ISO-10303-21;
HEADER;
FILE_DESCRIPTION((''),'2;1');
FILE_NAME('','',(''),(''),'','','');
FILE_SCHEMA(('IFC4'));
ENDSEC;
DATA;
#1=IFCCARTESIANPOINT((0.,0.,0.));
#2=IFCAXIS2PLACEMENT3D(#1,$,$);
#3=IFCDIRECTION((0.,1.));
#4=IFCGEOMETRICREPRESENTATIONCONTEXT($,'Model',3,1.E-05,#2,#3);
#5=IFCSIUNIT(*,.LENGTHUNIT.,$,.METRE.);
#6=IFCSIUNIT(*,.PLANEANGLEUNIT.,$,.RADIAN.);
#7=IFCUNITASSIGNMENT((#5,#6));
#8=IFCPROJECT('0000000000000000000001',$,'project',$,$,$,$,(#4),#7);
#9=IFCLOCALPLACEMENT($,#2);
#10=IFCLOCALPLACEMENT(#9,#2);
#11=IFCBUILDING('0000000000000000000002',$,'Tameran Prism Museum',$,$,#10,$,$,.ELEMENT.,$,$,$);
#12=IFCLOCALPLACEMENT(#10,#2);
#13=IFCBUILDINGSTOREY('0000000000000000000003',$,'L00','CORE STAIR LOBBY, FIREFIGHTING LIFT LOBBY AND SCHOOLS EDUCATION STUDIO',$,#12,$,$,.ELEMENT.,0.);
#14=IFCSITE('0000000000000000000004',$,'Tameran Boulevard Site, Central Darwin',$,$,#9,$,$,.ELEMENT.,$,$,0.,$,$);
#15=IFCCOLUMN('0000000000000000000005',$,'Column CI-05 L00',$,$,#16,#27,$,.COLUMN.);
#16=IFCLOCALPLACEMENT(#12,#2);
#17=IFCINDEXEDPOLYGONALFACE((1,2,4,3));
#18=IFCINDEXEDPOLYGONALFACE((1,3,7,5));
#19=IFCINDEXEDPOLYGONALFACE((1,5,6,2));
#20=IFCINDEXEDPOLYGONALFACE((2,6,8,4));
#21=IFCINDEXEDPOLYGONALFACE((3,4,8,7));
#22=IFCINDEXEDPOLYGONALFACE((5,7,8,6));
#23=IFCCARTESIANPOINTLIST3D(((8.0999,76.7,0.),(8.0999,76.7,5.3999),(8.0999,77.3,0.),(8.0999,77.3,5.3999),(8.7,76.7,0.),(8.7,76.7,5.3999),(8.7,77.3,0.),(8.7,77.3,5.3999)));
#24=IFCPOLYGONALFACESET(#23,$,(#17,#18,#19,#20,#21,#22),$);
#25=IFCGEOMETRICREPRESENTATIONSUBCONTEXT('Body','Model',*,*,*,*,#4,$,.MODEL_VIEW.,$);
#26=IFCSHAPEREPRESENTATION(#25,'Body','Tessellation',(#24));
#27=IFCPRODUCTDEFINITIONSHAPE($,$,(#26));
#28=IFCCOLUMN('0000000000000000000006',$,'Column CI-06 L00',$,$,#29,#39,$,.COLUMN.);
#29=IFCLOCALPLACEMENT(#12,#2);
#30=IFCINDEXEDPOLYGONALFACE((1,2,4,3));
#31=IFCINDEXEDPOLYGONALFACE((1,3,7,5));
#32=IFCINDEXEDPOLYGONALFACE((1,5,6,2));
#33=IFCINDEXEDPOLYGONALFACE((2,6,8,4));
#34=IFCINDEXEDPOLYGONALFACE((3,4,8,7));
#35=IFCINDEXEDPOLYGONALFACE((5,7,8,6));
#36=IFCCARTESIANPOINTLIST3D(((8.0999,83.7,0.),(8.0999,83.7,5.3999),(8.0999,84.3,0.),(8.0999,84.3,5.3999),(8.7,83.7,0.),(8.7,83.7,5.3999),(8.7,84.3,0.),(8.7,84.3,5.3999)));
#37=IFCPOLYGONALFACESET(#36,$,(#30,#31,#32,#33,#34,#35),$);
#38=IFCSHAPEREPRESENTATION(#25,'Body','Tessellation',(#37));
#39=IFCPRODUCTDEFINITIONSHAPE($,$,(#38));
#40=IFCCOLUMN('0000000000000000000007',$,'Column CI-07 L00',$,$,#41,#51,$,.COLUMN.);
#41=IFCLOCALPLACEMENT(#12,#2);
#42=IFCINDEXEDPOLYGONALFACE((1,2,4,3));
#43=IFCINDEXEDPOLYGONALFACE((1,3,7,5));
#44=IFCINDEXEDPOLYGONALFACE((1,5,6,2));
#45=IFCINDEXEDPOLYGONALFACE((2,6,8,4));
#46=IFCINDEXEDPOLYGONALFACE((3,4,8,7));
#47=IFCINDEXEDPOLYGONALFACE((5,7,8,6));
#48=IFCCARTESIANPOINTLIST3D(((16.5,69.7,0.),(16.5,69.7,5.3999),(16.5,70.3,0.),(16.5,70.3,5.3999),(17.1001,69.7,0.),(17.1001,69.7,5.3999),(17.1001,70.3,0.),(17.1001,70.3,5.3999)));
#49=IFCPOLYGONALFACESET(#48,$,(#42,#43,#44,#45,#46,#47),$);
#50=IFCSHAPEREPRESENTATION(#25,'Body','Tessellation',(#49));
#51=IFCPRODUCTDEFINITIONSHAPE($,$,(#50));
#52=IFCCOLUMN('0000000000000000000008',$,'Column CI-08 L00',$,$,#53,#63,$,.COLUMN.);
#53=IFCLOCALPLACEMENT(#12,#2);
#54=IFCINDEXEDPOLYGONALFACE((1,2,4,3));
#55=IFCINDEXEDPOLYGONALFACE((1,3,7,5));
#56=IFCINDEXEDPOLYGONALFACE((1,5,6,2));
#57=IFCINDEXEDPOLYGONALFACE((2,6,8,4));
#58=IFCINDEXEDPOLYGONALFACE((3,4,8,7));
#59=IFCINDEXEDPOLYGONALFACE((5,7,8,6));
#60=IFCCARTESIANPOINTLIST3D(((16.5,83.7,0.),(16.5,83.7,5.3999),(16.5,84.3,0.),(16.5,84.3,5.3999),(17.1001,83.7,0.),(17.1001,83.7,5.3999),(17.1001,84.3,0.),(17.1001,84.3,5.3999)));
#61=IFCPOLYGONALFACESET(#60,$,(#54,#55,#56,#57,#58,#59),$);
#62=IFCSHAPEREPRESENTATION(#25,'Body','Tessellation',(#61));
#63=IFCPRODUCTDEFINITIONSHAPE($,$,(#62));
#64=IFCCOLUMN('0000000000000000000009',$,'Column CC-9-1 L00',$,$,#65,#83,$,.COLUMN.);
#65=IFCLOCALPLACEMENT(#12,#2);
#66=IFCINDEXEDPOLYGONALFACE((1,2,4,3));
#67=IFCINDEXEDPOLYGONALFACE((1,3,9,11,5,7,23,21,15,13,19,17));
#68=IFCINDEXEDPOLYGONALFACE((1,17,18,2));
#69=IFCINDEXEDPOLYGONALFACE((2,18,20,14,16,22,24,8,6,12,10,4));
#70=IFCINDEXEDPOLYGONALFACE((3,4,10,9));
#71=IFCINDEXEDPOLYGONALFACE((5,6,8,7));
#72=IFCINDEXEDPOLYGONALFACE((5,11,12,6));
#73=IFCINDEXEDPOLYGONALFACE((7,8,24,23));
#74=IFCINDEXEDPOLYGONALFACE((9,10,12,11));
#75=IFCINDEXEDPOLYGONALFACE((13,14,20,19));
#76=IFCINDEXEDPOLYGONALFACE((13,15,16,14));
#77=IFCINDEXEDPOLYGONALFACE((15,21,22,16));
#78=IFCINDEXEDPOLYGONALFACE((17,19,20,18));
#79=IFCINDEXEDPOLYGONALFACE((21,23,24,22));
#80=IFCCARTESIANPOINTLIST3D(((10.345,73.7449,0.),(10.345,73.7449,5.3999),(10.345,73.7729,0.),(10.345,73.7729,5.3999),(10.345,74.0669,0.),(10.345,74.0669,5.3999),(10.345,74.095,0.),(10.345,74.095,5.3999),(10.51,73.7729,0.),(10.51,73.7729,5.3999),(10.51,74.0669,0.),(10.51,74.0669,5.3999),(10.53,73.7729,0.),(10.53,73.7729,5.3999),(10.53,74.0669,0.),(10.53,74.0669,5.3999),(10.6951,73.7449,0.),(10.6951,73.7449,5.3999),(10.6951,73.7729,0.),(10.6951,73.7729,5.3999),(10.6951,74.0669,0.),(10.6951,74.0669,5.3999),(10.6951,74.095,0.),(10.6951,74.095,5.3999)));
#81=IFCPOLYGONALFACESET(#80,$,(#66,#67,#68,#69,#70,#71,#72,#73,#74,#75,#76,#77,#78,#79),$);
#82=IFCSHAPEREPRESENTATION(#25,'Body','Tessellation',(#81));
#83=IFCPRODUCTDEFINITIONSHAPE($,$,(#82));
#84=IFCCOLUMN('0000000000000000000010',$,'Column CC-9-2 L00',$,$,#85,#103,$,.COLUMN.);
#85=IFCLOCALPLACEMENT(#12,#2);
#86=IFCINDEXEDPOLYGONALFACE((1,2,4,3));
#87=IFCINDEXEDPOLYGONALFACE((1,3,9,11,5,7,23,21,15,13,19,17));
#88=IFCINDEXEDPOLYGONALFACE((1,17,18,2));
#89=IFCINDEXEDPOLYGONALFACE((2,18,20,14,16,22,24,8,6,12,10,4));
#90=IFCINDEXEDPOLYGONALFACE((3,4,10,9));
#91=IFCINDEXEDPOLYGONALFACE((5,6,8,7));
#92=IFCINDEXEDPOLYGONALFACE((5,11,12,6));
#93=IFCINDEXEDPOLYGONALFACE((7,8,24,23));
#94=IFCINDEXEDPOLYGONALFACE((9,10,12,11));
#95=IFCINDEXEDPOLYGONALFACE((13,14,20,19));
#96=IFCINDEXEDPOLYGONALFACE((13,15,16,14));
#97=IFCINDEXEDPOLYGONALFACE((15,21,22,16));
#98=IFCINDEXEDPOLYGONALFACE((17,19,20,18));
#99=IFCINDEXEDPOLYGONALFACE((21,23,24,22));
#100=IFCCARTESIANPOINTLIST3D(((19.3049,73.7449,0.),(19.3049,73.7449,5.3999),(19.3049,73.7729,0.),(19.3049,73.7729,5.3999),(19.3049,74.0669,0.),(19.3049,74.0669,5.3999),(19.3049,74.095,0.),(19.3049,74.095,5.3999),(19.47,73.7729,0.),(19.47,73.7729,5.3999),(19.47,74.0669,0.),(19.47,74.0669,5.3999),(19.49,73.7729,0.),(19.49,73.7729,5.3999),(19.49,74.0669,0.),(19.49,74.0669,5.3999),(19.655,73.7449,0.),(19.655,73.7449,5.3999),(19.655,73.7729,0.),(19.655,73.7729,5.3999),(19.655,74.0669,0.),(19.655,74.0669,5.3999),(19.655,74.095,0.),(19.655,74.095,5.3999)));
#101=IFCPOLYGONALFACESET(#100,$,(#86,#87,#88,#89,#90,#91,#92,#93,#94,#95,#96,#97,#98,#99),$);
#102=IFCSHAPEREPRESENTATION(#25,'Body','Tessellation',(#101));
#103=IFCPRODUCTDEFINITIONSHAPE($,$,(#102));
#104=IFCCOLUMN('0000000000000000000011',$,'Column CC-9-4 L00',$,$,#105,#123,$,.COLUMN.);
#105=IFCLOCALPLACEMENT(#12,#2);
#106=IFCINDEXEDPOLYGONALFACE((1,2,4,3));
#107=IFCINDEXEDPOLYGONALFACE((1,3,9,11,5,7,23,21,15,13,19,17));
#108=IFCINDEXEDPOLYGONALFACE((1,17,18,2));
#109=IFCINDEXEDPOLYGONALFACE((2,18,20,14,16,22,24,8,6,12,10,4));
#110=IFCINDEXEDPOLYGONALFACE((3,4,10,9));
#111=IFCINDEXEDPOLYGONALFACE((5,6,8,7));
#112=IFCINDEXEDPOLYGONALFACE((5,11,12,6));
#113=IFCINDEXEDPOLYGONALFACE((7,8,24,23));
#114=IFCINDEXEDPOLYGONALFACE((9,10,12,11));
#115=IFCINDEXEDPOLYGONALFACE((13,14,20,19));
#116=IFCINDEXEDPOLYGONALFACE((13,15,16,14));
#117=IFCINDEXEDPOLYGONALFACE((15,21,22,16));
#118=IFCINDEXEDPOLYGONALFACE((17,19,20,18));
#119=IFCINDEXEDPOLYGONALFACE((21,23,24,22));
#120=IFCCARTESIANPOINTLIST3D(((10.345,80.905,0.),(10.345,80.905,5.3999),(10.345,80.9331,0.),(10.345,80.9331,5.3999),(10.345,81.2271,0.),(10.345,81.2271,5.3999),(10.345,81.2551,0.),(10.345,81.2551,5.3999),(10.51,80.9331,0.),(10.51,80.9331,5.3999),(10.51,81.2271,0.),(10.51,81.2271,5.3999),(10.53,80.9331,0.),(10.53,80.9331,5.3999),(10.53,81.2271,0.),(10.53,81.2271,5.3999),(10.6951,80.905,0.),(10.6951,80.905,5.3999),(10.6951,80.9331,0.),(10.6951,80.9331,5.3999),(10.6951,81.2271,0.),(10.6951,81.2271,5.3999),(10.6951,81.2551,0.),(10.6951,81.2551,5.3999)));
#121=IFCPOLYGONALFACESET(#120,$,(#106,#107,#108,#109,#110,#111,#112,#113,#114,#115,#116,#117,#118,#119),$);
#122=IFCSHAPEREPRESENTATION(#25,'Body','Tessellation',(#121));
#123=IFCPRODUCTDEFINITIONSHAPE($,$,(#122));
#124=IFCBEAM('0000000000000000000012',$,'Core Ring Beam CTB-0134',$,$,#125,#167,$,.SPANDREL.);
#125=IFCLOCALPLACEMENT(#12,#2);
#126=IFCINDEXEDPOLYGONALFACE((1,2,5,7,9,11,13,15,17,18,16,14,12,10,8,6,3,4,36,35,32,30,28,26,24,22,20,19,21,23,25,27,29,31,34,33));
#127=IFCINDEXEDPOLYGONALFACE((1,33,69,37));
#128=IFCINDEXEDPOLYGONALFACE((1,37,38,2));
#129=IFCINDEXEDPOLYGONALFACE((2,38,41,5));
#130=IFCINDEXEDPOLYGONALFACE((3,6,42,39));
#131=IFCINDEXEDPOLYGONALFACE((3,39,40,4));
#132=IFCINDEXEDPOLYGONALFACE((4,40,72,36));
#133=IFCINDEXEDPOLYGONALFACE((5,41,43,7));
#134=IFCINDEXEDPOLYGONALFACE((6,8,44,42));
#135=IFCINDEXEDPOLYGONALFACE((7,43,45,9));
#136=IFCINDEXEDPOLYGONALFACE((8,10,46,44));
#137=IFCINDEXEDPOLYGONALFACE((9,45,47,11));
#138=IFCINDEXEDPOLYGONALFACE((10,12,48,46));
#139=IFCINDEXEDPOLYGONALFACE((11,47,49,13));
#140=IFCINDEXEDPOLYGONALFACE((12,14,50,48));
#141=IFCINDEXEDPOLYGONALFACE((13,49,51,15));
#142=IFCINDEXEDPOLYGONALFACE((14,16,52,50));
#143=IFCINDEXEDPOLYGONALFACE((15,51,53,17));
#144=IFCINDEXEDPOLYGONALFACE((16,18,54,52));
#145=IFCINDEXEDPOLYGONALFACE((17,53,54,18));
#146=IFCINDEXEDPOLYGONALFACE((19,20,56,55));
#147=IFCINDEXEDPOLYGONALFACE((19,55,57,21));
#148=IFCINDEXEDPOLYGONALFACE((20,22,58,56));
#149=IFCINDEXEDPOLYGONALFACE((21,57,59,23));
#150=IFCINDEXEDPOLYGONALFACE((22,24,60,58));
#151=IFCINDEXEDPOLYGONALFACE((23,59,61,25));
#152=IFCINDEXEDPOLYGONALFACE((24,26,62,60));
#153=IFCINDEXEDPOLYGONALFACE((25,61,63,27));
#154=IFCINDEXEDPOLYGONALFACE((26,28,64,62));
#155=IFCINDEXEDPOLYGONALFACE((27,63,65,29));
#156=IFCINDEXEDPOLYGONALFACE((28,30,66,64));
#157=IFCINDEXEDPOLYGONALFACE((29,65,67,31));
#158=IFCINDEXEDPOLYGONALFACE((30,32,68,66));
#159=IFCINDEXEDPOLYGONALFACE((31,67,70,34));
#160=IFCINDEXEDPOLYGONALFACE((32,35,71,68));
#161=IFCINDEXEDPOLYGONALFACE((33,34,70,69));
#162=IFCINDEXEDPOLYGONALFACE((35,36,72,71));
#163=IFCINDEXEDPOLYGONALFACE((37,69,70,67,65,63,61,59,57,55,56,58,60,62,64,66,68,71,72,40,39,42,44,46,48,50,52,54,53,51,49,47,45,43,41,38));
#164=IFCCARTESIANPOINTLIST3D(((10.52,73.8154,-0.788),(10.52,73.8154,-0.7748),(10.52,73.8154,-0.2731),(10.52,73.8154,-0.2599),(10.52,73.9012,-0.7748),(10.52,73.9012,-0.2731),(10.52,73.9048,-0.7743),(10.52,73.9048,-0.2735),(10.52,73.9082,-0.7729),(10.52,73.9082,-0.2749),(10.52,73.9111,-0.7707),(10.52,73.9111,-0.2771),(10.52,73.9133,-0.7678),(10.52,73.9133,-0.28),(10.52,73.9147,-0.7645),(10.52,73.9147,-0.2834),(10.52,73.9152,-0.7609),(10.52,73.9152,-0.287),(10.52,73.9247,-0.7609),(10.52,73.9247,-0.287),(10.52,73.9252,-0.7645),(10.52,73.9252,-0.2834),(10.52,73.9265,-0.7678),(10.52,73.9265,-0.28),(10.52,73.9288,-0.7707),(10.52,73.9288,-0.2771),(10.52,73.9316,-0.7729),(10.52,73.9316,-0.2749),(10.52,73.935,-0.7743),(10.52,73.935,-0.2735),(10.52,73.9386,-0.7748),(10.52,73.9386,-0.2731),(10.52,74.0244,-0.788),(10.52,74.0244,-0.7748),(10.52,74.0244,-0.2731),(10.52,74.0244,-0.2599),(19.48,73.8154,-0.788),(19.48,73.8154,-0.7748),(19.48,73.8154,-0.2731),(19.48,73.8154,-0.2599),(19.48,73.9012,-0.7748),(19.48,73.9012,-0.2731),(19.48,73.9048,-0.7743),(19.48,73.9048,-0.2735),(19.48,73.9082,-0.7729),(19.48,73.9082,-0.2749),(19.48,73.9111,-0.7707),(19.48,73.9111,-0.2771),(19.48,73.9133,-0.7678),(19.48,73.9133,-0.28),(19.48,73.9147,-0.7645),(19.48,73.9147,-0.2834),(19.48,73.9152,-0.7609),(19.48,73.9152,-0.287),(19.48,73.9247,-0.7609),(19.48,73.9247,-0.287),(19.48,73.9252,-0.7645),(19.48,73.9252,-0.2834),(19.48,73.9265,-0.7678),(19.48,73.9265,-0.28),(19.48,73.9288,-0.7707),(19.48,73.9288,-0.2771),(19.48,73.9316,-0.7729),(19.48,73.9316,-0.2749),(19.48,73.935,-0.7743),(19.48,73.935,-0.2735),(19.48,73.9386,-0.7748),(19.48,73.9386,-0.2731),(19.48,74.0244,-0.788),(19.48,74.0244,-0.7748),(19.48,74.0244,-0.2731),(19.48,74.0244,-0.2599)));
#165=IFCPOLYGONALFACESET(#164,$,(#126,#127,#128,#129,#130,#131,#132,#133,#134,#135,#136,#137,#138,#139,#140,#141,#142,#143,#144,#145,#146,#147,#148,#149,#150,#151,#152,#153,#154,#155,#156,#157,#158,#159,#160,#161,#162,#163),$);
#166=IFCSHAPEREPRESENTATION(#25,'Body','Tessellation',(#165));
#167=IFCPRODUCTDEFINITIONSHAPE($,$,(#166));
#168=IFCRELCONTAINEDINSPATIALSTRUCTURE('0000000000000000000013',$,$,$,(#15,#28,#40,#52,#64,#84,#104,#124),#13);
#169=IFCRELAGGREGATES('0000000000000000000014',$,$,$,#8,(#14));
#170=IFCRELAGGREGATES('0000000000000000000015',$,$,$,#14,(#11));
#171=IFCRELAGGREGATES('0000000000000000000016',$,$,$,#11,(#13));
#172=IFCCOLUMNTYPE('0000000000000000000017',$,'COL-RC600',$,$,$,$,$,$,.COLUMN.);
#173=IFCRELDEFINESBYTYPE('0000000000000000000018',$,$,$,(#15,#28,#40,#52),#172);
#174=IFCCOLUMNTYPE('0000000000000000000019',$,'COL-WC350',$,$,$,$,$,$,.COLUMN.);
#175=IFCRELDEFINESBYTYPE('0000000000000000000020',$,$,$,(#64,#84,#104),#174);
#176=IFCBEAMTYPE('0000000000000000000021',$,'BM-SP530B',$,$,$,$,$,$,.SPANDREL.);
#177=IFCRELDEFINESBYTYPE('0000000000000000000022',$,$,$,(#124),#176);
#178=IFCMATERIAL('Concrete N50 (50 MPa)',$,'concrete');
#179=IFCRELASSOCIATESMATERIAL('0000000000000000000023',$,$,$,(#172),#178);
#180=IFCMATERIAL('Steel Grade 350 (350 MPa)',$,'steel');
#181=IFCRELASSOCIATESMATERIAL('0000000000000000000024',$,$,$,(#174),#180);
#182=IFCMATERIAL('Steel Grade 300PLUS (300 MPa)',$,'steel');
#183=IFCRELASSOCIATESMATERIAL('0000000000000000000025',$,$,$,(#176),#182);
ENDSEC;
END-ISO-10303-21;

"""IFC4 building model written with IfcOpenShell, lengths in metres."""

from ifc_helpers import new_model, si_unit, direction, frame, origin, origin_2d, place, context, subcontext, project, spatial, rectangle, i_section, extrude, material, material_profile, profile_set, type_object, element, save


model = new_model("IFC4")

# Units and contexts
model_context = context("Model", 3, precision=1e-05, world=origin(), true_north=direction((0.0, 1.0)))
body_context = subcontext(model_context, "Body", "Model", "MODEL_VIEW")
ifc_project = project(units=[si_unit("LENGTHUNIT", "METRE"), si_unit("PLANEANGLEUNIT", "RADIAN")], contexts=[model_context])

# Site, building, storey
site_placement = place(None, origin())
site = spatial("IfcSite", under=ifc_project, at=site_placement, Name="Tameran Boulevard Site, Central Darwin", CompositionType="ELEMENT", RefElevation=0.0)
building_placement = place(site_placement, origin())
building = spatial("IfcBuilding", under=site, at=building_placement, Name="Tameran Prism Museum", CompositionType="ELEMENT")
storey_placement = place(building_placement, origin())
storey = spatial("IfcBuildingStorey", under=building, at=storey_placement, Name="L00", Description="CORE STAIR LOBBY, FIREFIGHTING LIFT LOBBY AND SCHOOLS EDUCATION STUDIO", CompositionType="ELEMENT", Elevation=0.0)

# Columns
ifc_material_1 = material(Name="Concrete N50 (50 MPa)", Category="concrete")
ifc_material_profile_1 = material_profile(ifc_material_1, rectangle(XDim=0.6001, YDim=0.6001, at=origin_2d()))
ifc_profile_set_1 = profile_set([ifc_material_profile_1])
column_type_1 = type_object("IfcColumnType", Name="COL-RC600", PredefinedType="COLUMN", material=ifc_profile_set_1)
for number, where, z_axis, x_axis, name in (
    (1, (8.3999, 77.0, 0.0), (0.0, 0.0, 1.0), (1.0, 0.0, 0.0), "Column CI-05 L00"),
    (2, (8.3999, 84.0, 0.0), (0.0, 0.0, 1.0), (1.0, 0.0, 0.0), "Column CI-06 L00"),
    (3, (16.8, 70.0, 0.0), (0.0, 0.0, 1.0), (1.0, 0.0, 0.0), "Column CI-07 L00"),
    (4, (16.8, 84.0, 0.0), (0.0, 0.0, 1.0), (1.0, 0.0, 0.0), "Column CI-08 L00"),
):
    element("IfcColumn", number, at=place(storey_placement, frame(where, z_axis=z_axis, x_axis=x_axis)), inside=storey, type_object=column_type_1, Name=name, PredefinedType="COLUMN", context=body_context, shape_type="SweptSolid", body=[
        extrude(rectangle(XDim=0.6001, YDim=0.6001, at=origin_2d()), origin(), (0.0, 0.0, 1.0), 5.3999),
    ])
ifc_material_2 = material(Name="Steel Grade 350 (350 MPa)", Category="steel")
ifc_material_profile_2 = material_profile(ifc_material_2, i_section(OverallWidth=0.3501, OverallDepth=0.3501, WebThickness=0.02, FlangeThickness=0.0281, at=origin_2d()))
ifc_profile_set_2 = profile_set([ifc_material_profile_2])
column_type_2 = type_object("IfcColumnType", Name="COL-WC350", PredefinedType="COLUMN", material=ifc_profile_set_2)
for number, where, z_axis, x_axis, name in (
    (5, (10.52, 73.9199, 0.0), (0.0, 0.0, 1.0), (1.0, 0.0, 0.0), "Column CC-9-1 L00"),
    (6, (19.48, 73.9199, 0.0), (0.0, 0.0, 1.0), (1.0, 0.0, 0.0), "Column CC-9-2 L00"),
    (7, (10.52, 81.0801, 0.0), (0.0, 0.0, 1.0), (1.0, 0.0, 0.0), "Column CC-9-4 L00"),
):
    element("IfcColumn", number, at=place(storey_placement, frame(where, z_axis=z_axis, x_axis=x_axis)), inside=storey, type_object=column_type_2, Name=name, PredefinedType="COLUMN", context=body_context, shape_type="SweptSolid", body=[
        extrude(i_section(OverallWidth=0.3501, OverallDepth=0.3501, WebThickness=0.02, FlangeThickness=0.0281, at=origin_2d()), origin(), (0.0, 0.0, 1.0), 5.3999),
    ])

# Beam
ifc_material_3 = material(Name="Steel Grade 300PLUS (300 MPa)", Category="steel")
ifc_material_profile_3 = material_profile(ifc_material_3, i_section(OverallWidth=0.209, OverallDepth=0.5281, WebThickness=0.0095, FlangeThickness=0.0132, FilletRadius=0.0139, at=origin_2d()))
ifc_profile_set_3 = profile_set([ifc_material_profile_3])
beam_type_1 = type_object("IfcBeamType", Name="BM-SP530B", PredefinedType="SPANDREL", material=ifc_profile_set_3)
beam_1_placement = place(storey_placement, frame((10.52, 73.9199, -0.5239), z_axis=(1.0, 0.0, 0.0), x_axis=(0.0, 1.0, 0.0)))
element("IfcBeam", 8, at=beam_1_placement, inside=storey, type_object=beam_type_1, Name="Core Ring Beam CTB-0134", PredefinedType="SPANDREL", context=body_context, shape_type="SweptSolid", body=[
    extrude(i_section(OverallWidth=0.209, OverallDepth=0.5281, WebThickness=0.0095, FlangeThickness=0.0132, FilletRadius=0.0139, at=origin_2d()), origin(), (0.0, 0.0, 1.0), 8.96),
])

save(model, "model.ifc")
